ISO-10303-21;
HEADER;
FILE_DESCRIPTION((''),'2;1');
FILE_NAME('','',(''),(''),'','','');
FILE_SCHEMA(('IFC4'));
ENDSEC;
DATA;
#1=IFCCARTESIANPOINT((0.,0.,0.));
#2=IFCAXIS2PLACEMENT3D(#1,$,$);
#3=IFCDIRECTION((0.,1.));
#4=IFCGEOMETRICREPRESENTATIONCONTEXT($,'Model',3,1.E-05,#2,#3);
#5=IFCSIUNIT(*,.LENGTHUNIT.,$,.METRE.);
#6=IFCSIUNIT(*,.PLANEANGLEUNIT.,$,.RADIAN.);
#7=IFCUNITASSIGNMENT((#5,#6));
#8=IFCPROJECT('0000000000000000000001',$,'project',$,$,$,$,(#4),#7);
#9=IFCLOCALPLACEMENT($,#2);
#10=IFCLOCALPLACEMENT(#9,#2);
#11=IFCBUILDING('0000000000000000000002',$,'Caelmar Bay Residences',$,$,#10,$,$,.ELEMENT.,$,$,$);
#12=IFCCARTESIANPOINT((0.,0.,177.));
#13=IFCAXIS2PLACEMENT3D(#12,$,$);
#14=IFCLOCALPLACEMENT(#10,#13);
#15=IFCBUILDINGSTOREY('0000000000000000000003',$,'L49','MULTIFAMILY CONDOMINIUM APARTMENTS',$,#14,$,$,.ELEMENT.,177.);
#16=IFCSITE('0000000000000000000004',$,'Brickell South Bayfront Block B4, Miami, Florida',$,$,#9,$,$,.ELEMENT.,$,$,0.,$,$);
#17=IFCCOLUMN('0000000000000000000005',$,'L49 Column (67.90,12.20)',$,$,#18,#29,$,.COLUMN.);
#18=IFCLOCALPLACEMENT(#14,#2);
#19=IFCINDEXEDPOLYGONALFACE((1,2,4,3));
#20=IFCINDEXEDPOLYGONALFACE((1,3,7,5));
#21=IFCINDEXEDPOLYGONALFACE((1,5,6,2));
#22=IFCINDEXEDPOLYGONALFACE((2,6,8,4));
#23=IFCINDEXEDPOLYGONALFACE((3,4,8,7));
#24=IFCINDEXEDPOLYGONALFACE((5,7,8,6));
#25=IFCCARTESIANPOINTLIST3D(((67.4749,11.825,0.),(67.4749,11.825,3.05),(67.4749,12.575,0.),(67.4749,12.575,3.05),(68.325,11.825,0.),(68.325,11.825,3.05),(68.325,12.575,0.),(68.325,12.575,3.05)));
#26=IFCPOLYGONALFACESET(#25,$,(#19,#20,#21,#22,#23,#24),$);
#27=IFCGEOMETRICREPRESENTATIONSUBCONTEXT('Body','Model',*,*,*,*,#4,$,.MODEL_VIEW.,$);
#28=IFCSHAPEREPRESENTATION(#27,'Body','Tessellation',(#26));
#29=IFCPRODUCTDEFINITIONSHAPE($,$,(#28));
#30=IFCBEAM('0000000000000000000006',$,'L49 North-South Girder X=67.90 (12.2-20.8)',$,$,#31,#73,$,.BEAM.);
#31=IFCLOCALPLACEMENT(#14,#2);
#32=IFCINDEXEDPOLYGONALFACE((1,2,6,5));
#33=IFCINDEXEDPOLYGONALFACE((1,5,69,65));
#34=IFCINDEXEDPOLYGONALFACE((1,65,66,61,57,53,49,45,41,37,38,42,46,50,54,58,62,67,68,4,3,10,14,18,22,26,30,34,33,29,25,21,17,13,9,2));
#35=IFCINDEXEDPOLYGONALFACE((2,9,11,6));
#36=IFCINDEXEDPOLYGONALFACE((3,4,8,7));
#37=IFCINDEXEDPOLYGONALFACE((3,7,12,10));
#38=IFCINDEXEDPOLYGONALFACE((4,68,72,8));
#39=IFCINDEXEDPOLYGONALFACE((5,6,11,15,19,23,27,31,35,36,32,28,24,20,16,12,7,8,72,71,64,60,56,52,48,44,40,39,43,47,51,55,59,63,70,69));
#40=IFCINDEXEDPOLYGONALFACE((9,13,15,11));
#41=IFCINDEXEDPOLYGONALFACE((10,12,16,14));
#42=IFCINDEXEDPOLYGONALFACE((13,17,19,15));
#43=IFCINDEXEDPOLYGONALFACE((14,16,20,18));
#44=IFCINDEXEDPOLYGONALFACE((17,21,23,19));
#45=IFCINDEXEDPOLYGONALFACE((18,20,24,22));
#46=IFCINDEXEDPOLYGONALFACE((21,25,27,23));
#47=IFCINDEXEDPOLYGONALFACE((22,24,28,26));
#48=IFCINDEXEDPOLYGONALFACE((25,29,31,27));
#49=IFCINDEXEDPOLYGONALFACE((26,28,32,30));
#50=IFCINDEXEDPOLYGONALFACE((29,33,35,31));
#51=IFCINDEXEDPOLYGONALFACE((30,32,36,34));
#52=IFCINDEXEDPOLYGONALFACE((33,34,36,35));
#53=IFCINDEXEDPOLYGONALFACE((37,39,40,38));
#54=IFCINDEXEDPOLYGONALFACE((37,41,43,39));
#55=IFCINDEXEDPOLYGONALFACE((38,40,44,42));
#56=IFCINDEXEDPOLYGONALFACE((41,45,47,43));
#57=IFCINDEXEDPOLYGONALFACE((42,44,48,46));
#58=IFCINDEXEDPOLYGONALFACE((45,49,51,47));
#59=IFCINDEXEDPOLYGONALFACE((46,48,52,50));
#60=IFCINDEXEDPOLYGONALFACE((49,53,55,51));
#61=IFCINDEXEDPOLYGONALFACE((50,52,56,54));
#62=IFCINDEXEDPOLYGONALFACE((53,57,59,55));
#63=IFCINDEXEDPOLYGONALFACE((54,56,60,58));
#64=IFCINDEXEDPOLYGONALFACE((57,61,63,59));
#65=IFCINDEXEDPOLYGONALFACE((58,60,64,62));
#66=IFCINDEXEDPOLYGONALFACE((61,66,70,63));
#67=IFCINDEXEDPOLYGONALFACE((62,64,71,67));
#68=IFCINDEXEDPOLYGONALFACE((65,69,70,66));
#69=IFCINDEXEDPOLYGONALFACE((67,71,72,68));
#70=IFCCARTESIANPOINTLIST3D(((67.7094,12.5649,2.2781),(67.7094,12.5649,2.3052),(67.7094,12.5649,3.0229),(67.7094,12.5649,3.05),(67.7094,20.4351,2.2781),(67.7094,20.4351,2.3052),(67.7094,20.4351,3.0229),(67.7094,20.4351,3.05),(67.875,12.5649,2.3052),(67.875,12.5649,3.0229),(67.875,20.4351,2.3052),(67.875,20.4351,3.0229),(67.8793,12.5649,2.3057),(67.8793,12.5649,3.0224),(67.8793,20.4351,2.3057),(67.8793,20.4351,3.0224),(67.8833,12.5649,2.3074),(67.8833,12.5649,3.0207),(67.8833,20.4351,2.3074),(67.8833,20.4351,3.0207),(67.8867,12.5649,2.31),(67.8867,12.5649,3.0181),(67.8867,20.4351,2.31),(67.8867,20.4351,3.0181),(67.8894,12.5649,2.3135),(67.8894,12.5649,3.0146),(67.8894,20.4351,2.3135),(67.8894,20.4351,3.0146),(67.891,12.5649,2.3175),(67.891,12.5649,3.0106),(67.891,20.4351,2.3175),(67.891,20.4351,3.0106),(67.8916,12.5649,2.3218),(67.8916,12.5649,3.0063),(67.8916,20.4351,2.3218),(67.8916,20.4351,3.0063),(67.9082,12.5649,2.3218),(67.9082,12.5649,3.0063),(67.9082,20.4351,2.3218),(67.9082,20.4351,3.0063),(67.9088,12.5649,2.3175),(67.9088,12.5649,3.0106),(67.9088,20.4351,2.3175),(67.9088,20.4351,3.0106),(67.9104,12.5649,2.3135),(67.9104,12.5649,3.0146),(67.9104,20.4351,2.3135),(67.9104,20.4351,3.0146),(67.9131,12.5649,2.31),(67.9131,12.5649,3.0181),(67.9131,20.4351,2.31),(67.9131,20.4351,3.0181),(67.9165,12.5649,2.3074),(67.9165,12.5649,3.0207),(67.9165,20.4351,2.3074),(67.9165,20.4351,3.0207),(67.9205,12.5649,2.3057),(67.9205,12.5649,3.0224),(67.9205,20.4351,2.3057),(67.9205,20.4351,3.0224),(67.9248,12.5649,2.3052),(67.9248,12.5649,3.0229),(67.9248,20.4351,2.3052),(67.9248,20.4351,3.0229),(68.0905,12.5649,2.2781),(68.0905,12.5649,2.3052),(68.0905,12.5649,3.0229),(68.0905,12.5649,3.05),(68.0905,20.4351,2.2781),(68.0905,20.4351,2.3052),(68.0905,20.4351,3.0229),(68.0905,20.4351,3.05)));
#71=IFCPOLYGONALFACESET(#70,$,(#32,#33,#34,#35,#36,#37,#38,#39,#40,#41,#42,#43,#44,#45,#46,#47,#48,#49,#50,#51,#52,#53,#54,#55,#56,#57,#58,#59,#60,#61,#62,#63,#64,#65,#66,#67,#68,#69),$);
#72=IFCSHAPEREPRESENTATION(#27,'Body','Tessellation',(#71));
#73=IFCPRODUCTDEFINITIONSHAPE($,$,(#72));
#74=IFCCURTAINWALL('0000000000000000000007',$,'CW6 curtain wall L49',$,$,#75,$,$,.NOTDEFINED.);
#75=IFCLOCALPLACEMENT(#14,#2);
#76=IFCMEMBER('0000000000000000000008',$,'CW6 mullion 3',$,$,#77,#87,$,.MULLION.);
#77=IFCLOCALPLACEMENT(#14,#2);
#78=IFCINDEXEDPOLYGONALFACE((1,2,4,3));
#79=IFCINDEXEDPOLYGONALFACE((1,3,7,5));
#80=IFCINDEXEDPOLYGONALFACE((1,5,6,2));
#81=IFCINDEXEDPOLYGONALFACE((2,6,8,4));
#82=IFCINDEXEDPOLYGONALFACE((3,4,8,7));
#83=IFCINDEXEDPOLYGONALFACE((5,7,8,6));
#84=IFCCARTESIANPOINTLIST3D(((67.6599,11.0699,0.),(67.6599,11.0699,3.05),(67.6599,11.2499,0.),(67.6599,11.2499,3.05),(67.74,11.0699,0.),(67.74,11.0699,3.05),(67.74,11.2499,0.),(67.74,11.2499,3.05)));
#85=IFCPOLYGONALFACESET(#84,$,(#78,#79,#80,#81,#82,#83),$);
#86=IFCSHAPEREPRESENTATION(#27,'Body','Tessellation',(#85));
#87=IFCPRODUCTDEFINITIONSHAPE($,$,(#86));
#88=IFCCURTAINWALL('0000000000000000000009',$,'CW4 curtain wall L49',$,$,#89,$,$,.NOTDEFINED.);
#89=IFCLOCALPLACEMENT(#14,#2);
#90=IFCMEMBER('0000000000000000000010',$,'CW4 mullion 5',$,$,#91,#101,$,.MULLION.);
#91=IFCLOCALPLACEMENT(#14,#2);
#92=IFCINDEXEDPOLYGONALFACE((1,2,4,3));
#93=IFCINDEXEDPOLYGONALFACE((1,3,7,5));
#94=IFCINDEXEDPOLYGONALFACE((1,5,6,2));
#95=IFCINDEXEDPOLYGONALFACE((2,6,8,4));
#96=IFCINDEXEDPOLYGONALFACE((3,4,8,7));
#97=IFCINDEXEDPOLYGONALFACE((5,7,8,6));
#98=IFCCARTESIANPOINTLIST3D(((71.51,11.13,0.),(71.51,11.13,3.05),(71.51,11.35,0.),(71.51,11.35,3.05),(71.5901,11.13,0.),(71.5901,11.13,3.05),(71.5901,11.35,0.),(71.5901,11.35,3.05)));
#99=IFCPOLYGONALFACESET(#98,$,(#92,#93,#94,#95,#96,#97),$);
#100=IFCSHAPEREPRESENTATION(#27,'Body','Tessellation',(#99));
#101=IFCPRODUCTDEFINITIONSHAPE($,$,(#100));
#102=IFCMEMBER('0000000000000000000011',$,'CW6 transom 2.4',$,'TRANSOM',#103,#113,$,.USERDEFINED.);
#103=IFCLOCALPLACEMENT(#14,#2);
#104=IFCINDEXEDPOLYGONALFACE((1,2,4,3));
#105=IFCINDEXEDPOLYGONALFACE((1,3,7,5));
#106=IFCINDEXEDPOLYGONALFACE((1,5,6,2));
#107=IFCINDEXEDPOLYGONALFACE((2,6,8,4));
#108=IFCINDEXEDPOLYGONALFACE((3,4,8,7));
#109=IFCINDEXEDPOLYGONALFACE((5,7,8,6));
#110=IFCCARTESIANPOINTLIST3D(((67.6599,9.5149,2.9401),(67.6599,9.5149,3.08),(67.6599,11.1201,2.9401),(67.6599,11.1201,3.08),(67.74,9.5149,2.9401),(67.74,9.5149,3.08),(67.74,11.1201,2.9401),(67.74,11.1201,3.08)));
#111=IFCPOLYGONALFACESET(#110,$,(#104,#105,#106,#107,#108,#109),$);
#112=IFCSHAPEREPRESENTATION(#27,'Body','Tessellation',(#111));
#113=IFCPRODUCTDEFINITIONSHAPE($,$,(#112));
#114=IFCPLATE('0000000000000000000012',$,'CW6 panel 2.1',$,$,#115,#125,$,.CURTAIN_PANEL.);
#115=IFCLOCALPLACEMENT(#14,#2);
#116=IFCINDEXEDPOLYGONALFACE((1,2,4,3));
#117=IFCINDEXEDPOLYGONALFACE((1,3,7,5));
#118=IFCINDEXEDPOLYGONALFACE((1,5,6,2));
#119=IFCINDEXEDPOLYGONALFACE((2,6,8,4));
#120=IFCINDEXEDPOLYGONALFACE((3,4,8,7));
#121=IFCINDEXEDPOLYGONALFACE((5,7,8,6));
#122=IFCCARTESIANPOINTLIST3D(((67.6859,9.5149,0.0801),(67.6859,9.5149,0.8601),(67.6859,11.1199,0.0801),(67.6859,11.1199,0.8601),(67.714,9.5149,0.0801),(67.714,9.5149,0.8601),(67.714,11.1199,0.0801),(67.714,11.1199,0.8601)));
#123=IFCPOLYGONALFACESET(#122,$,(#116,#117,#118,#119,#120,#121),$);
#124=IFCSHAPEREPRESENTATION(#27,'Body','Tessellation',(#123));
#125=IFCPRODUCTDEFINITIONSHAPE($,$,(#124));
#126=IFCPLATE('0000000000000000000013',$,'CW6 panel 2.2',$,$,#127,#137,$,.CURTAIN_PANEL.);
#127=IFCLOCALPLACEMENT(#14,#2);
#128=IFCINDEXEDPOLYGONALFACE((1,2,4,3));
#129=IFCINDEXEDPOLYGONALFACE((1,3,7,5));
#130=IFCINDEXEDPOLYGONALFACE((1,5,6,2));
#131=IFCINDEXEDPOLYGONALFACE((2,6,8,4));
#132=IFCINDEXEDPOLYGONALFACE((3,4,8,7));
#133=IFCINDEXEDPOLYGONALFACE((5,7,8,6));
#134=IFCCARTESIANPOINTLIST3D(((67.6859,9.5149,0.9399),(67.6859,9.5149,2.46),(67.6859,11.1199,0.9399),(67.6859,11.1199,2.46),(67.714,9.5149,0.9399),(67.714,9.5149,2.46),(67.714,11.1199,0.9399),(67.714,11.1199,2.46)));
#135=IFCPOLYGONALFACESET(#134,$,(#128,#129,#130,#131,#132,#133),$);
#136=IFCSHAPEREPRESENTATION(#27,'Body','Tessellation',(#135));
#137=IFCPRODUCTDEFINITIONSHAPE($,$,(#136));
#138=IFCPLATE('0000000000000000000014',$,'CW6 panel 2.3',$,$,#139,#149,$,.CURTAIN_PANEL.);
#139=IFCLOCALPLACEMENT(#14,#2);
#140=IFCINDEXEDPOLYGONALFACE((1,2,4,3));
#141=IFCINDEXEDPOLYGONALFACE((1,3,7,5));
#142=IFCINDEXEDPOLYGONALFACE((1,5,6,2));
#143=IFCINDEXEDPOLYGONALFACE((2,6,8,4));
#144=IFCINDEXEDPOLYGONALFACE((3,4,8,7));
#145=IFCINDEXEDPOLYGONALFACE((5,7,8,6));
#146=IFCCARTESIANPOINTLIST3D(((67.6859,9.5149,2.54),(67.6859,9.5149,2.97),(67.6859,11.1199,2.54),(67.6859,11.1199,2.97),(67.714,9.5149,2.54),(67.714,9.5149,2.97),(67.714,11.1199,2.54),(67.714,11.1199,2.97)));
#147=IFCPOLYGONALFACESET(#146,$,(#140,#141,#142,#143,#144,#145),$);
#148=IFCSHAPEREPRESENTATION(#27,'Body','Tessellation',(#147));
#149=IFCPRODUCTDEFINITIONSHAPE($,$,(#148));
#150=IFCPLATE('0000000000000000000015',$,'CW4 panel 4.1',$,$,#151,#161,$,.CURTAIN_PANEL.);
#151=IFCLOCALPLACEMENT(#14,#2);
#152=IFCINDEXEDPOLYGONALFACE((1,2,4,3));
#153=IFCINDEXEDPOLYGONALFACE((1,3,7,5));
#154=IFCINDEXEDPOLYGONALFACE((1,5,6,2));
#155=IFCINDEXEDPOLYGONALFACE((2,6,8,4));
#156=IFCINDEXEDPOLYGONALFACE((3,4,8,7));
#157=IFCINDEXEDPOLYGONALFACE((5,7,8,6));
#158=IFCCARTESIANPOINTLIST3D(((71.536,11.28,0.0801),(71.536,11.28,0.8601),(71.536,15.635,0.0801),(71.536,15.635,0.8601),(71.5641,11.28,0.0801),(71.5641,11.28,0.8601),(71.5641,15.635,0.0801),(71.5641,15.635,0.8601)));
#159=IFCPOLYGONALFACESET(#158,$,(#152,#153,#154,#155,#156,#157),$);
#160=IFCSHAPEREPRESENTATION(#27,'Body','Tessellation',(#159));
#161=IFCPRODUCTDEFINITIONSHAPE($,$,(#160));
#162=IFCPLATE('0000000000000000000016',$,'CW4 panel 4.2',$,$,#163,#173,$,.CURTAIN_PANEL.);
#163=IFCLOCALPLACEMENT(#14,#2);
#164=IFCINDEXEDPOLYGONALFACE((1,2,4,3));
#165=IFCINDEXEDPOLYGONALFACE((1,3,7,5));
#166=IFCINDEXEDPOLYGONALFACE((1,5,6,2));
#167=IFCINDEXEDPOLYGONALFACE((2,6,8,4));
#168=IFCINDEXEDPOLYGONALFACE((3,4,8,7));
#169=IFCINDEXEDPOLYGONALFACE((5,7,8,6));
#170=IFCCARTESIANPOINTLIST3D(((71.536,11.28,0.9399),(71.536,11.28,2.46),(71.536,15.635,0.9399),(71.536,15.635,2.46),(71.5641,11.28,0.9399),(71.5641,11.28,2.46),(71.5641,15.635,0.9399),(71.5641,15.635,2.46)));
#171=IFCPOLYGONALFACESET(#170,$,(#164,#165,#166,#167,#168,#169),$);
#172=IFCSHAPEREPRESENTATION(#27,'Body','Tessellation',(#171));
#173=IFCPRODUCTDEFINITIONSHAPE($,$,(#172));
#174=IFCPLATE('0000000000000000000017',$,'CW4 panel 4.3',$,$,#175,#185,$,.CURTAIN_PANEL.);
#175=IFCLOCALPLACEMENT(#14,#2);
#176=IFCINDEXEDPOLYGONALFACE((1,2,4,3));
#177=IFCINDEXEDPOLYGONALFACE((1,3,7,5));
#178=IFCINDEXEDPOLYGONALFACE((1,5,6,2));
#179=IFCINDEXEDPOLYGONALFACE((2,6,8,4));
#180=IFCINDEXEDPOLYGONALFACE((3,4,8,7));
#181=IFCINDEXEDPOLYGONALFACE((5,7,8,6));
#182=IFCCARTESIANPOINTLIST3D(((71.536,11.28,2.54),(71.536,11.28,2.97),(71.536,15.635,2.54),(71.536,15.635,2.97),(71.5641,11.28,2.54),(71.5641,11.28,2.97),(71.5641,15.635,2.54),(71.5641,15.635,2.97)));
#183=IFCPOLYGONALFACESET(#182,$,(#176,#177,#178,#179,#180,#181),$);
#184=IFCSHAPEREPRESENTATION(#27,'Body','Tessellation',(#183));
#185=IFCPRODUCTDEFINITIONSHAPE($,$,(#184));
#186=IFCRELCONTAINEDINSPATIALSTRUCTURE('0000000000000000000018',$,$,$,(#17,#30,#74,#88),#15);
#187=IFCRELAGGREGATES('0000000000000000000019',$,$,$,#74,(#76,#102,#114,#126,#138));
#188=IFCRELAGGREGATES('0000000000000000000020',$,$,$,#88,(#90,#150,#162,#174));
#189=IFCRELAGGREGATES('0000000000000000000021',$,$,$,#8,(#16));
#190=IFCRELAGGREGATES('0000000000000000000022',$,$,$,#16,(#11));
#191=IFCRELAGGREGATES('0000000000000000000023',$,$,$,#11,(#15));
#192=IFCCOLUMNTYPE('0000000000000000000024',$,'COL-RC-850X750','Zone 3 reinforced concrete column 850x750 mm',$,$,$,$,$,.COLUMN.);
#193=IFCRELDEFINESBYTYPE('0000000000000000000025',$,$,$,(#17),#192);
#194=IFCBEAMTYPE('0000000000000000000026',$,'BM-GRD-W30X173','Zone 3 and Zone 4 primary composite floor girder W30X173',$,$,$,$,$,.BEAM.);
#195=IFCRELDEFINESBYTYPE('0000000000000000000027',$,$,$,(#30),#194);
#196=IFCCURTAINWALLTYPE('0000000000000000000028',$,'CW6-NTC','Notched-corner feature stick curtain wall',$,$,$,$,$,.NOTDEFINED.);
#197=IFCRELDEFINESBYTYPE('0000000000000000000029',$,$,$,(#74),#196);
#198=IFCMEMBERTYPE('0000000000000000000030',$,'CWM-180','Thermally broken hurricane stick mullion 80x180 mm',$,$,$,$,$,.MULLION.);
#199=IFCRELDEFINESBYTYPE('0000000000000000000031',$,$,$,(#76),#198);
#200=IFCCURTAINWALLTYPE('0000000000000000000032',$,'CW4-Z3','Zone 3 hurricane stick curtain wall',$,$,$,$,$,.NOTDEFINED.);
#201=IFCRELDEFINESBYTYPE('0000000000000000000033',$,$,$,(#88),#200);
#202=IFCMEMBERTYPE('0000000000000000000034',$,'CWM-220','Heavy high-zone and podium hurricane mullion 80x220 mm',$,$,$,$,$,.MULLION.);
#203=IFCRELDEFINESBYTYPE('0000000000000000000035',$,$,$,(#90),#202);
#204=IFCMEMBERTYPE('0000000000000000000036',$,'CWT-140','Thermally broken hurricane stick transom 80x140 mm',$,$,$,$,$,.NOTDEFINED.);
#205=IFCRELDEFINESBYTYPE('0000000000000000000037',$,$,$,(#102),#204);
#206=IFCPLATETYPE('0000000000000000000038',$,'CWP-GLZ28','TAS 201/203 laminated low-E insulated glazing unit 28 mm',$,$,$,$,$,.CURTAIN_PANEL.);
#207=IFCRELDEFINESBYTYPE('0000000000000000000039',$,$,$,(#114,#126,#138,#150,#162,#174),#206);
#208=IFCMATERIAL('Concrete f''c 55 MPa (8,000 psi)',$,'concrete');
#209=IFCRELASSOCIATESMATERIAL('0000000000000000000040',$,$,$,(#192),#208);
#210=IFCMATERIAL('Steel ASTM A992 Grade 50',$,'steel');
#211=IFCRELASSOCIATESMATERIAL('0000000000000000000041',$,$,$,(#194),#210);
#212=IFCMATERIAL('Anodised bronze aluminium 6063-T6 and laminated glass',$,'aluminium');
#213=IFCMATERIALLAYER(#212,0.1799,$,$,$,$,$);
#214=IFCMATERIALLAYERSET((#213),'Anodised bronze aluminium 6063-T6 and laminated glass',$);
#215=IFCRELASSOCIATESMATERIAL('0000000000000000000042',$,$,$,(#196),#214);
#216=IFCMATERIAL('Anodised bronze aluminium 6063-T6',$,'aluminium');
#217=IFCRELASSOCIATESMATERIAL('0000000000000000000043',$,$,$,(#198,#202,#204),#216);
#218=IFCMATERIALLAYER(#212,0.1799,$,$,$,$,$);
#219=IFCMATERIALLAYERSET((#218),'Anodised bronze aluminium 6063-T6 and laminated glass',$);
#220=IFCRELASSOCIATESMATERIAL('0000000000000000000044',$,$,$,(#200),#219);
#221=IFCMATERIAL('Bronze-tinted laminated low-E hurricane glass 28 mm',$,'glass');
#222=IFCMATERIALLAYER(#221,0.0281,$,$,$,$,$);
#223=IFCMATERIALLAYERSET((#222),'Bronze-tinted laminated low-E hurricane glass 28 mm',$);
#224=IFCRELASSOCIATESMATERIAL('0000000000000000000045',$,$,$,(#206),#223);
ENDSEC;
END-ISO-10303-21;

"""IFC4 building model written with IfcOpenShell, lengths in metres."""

from ifc_helpers import new_model, si_unit, direction, frame, origin, origin_2d, place, context, subcontext, project, spatial, rectangle, i_section, extrude, material, layer, layer_set, material_profile, profile_set, type_object, element, aggregate, save


model = new_model("IFC4")

# Units and contexts
model_context = context("Model", 3, precision=1e-05, world=origin(), true_north=direction((0.0, 1.0)))
body_context = subcontext(model_context, "Body", "Model", "MODEL_VIEW")
ifc_project = project(units=[si_unit("LENGTHUNIT", "METRE"), si_unit("PLANEANGLEUNIT", "RADIAN")], contexts=[model_context])

# Site, building, storey
site_placement = place(None, origin())
site = spatial("IfcSite", under=ifc_project, at=site_placement, Name="Brickell South Bayfront Block B4, Miami, Florida", CompositionType="ELEMENT", RefElevation=0.0)
building_placement = place(site_placement, origin())
building = spatial("IfcBuilding", under=site, at=building_placement, Name="Caelmar Bay Residences", CompositionType="ELEMENT")
storey_placement = place(building_placement, frame((0.0, 0.0, 177.0)))
storey = spatial("IfcBuildingStorey", under=building, at=storey_placement, Name="L49", Description="MULTIFAMILY CONDOMINIUM APARTMENTS", CompositionType="ELEMENT", Elevation=177.0)

# Column
ifc_material_1 = material(Name="Concrete f'c 55 MPa (8,000 psi)", Category="concrete")
ifc_material_profile_1 = material_profile(ifc_material_1, rectangle(XDim=0.8501, YDim=0.75, at=origin_2d()), Name="RC-COL-850X750")
ifc_profile_set_1 = profile_set([ifc_material_profile_1], Name="Concrete f'c 55 MPa (8,000 psi)")
column_type = type_object("IfcColumnType", Name="COL-RC-850X750", Description="Zone 3 reinforced concrete column 850x750 mm", PredefinedType="COLUMN", material=ifc_profile_set_1)
column_placement = place(storey_placement, frame((67.8999, 12.2, 0.0), z_axis=(0.0, 0.0, 1.0), x_axis=(1.0, 0.0, 0.0)))
element("IfcColumn", 1, at=column_placement, inside=storey, type_object=column_type, Name="L49 Column (67.90,12.20)", PredefinedType="COLUMN", context=body_context, shape_type="SweptSolid", body=[
    extrude(rectangle(XDim=0.8501, YDim=0.75, at=origin_2d()), origin(), (0.0, 0.0, 1.0), 3.05),
])

# Beam
ifc_material_2 = material(Name="Steel ASTM A992 Grade 50", Category="steel")
ifc_material_profile_2 = material_profile(ifc_material_2, i_section(OverallWidth=0.3811, OverallDepth=0.772, WebThickness=0.0166, FlangeThickness=0.0271, FilletRadius=0.0166, at=origin_2d()), Name="W30X173")
ifc_profile_set_2 = profile_set([ifc_material_profile_2], Name="Steel ASTM A992 Grade 50")
beam_type = type_object("IfcBeamType", Name="BM-GRD-W30X173", Description="Zone 3 and Zone 4 primary composite floor girder W30X173", PredefinedType="BEAM", material=ifc_profile_set_2)
beam_placement = place(storey_placement, frame((67.8999, 12.5649, 2.6641), z_axis=(0.0, 1.0, 0.0), x_axis=(-1.0, 0.0, 0.0)))
element("IfcBeam", 2, at=beam_placement, inside=storey, type_object=beam_type, Name="L49 North-South Girder X=67.90 (12.2-20.8)", PredefinedType="BEAM", context=body_context, shape_type="SweptSolid", body=[
    extrude(i_section(OverallWidth=0.3811, OverallDepth=0.772, WebThickness=0.0166, FlangeThickness=0.0271, FilletRadius=0.0166, at=origin_2d()), origin(), (0.0, 0.0, 1.0), 7.8701),
])

# Curtain walls, members
ifc_material_3 = material(Name="Anodised bronze aluminium 6063-T6 and laminated glass", Category="aluminium")
ifc_layer_1 = layer(ifc_material_3, 0.1799)
ifc_layer_set_1 = layer_set([ifc_layer_1], Name="Anodised bronze aluminium 6063-T6 and laminated glass")
curtain_wall_type_1 = type_object("IfcCurtainWallType", Name="CW6-NTC", Description="Notched-corner feature stick curtain wall", PredefinedType="NOTDEFINED", material=ifc_layer_set_1)
curtain_wall_1_placement = place(storey_placement, origin())
curtain_wall_1 = element("IfcCurtainWall", 3, at=curtain_wall_1_placement, inside=storey, type_object=curtain_wall_type_1, Name="CW6 curtain wall L49", PredefinedType="NOTDEFINED")
ifc_material_4 = material(Name="Anodised bronze aluminium 6063-T6", Category="aluminium")
ifc_material_profile_3 = material_profile(ifc_material_4, rectangle(XDim=0.0801, YDim=0.1799, at=origin_2d()), Name="CWM-80X180")
ifc_profile_set_3 = profile_set([ifc_material_profile_3], Name="Anodised bronze aluminium 6063-T6")
member_type_1 = type_object("IfcMemberType", Name="CWM-180", Description="Thermally broken hurricane stick mullion 80x180 mm", PredefinedType="MULLION", material=ifc_profile_set_3)
member_1_placement = place(storey_placement, frame((67.7, 11.1599, 0.0), z_axis=(0.0, 0.0, 1.0), x_axis=(-1.0, 0.0, 0.0)))
member_1 = element("IfcMember", 4, at=member_1_placement, type_object=member_type_1, Name="CW6 mullion 3", PredefinedType="MULLION", context=body_context, shape_type="SweptSolid", body=[
    extrude(rectangle(XDim=0.0801, YDim=0.1799, at=origin_2d()), origin(), (0.0, 0.0, 1.0), 3.05),
])
ifc_layer_2 = layer(ifc_material_3, 0.1799)
ifc_layer_set_2 = layer_set([ifc_layer_2], Name="Anodised bronze aluminium 6063-T6 and laminated glass")
curtain_wall_type_2 = type_object("IfcCurtainWallType", Name="CW4-Z3", Description="Zone 3 hurricane stick curtain wall", PredefinedType="NOTDEFINED", material=ifc_layer_set_2)
curtain_wall_2_placement = place(storey_placement, origin())
curtain_wall_2 = element("IfcCurtainWall", 5, at=curtain_wall_2_placement, inside=storey, type_object=curtain_wall_type_2, Name="CW4 curtain wall L49", PredefinedType="NOTDEFINED")
ifc_material_profile_4 = material_profile(ifc_material_4, rectangle(XDim=0.0801, YDim=0.22, at=origin_2d()), Name="CWM-80X220")
ifc_profile_set_4 = profile_set([ifc_material_profile_4], Name="Anodised bronze aluminium 6063-T6")
member_type_2 = type_object("IfcMemberType", Name="CWM-220", Description="Heavy high-zone and podium hurricane mullion 80x220 mm", PredefinedType="MULLION", material=ifc_profile_set_4)
member_2_placement = place(storey_placement, frame((71.55, 11.24, 0.0), z_axis=(0.0, 0.0, 1.0), x_axis=(1.0, 0.0, 0.0)))
member_2 = element("IfcMember", 6, at=member_2_placement, type_object=member_type_2, Name="CW4 mullion 5", PredefinedType="MULLION", context=body_context, shape_type="SweptSolid", body=[
    extrude(rectangle(XDim=0.0801, YDim=0.22, at=origin_2d()), origin(), (0.0, 0.0, 1.0), 3.05),
])

# Member
ifc_material_profile_5 = material_profile(ifc_material_4, rectangle(XDim=0.0801, YDim=0.1399, at=origin_2d()), Name="CWT-80X140")
ifc_profile_set_5 = profile_set([ifc_material_profile_5], Name="Anodised bronze aluminium 6063-T6")
member_type_3 = type_object("IfcMemberType", Name="CWT-140", Description="Thermally broken hurricane stick transom 80x140 mm", PredefinedType="NOTDEFINED", material=ifc_profile_set_5)
member_3_placement = place(storey_placement, frame((67.7, 9.5149, 3.01), z_axis=(0.0, 1.0, 0.0), x_axis=(-1.0, 0.0, 0.0)))
member_3 = element("IfcMember", 7, at=member_3_placement, type_object=member_type_3, Name="CW6 transom 2.4", ObjectType="TRANSOM", PredefinedType="USERDEFINED", context=body_context, shape_type="SweptSolid", body=[
    extrude(rectangle(XDim=0.0801, YDim=0.1399, at=origin_2d()), origin(), (0.0, 0.0, 1.0), 1.6052),
])

# Plates
ifc_material_5 = material(Name="Bronze-tinted laminated low-E hurricane glass 28 mm", Category="glass")
ifc_layer_3 = layer(ifc_material_5, 0.0281)
ifc_layer_set_3 = layer_set([ifc_layer_3], Name="Bronze-tinted laminated low-E hurricane glass 28 mm")
plate_type = type_object("IfcPlateType", Name="CWP-GLZ28", Description="TAS 201/203 laminated low-E insulated glazing unit 28 mm", PredefinedType="CURTAIN_PANEL", material=ifc_layer_set_3)
plate_1_placement = place(storey_placement, frame((67.7, 10.3174, 0.0801), z_axis=(0.0, 0.0, 1.0), x_axis=(0.0, 1.0, 0.0)))
plate_1 = element("IfcPlate", 8, at=plate_1_placement, type_object=plate_type, Name="CW6 panel 2.1", PredefinedType="CURTAIN_PANEL", context=body_context, shape_type="SweptSolid", body=[
    extrude(rectangle(XDim=1.605, YDim=0.0281, at=origin_2d()), origin(), (0.0, 0.0, 1.0), 0.78),
])
plate_2_placement = place(storey_placement, frame((67.7, 10.3174, 0.9399), z_axis=(0.0, 0.0, 1.0), x_axis=(0.0, 1.0, 0.0)))
plate_2 = element("IfcPlate", 9, at=plate_2_placement, type_object=plate_type, Name="CW6 panel 2.2", PredefinedType="CURTAIN_PANEL", context=body_context, shape_type="SweptSolid", body=[
    extrude(rectangle(XDim=1.605, YDim=0.0281, at=origin_2d()), origin(), (0.0, 0.0, 1.0), 1.52),
])
plate_3_placement = place(storey_placement, frame((67.7, 10.3174, 2.54), z_axis=(0.0, 0.0, 1.0), x_axis=(0.0, 1.0, 0.0)))
plate_3 = element("IfcPlate", 10, at=plate_3_placement, type_object=plate_type, Name="CW6 panel 2.3", PredefinedType="CURTAIN_PANEL", context=body_context, shape_type="SweptSolid", body=[
    extrude(rectangle(XDim=1.605, YDim=0.0281, at=origin_2d()), origin(), (0.0, 0.0, 1.0), 0.4299),
])
aggregate(curtain_wall_1, [member_1, member_3, plate_1, plate_2, plate_3])
plate_4_placement = place(storey_placement, frame((71.55, 13.4575, 0.0801), z_axis=(0.0, 0.0, 1.0), x_axis=(0.0, -1.0, 0.0)))
plate_4 = element("IfcPlate", 11, at=plate_4_placement, type_object=plate_type, Name="CW4 panel 4.1", PredefinedType="CURTAIN_PANEL", context=body_context, shape_type="SweptSolid", body=[
    extrude(rectangle(XDim=4.355, YDim=0.0281, at=origin_2d()), origin(), (0.0, 0.0, 1.0), 0.78),
])
plate_5_placement = place(storey_placement, frame((71.55, 13.4575, 0.9399), z_axis=(0.0, 0.0, 1.0), x_axis=(0.0, -1.0, 0.0)))
plate_5 = element("IfcPlate", 12, at=plate_5_placement, type_object=plate_type, Name="CW4 panel 4.2", PredefinedType="CURTAIN_PANEL", context=body_context, shape_type="SweptSolid", body=[
    extrude(rectangle(XDim=4.355, YDim=0.0281, at=origin_2d()), origin(), (0.0, 0.0, 1.0), 1.52),
])
plate_6_placement = place(storey_placement, frame((71.55, 13.4575, 2.54), z_axis=(0.0, 0.0, 1.0), x_axis=(0.0, -1.0, 0.0)))
plate_6 = element("IfcPlate", 13, at=plate_6_placement, type_object=plate_type, Name="CW4 panel 4.3", PredefinedType="CURTAIN_PANEL", context=body_context, shape_type="SweptSolid", body=[
    extrude(rectangle(XDim=4.355, YDim=0.0281, at=origin_2d()), origin(), (0.0, 0.0, 1.0), 0.4299),
])
aggregate(curtain_wall_2, [member_2, plate_4, plate_5, plate_6])

save(model, "model.ifc")
